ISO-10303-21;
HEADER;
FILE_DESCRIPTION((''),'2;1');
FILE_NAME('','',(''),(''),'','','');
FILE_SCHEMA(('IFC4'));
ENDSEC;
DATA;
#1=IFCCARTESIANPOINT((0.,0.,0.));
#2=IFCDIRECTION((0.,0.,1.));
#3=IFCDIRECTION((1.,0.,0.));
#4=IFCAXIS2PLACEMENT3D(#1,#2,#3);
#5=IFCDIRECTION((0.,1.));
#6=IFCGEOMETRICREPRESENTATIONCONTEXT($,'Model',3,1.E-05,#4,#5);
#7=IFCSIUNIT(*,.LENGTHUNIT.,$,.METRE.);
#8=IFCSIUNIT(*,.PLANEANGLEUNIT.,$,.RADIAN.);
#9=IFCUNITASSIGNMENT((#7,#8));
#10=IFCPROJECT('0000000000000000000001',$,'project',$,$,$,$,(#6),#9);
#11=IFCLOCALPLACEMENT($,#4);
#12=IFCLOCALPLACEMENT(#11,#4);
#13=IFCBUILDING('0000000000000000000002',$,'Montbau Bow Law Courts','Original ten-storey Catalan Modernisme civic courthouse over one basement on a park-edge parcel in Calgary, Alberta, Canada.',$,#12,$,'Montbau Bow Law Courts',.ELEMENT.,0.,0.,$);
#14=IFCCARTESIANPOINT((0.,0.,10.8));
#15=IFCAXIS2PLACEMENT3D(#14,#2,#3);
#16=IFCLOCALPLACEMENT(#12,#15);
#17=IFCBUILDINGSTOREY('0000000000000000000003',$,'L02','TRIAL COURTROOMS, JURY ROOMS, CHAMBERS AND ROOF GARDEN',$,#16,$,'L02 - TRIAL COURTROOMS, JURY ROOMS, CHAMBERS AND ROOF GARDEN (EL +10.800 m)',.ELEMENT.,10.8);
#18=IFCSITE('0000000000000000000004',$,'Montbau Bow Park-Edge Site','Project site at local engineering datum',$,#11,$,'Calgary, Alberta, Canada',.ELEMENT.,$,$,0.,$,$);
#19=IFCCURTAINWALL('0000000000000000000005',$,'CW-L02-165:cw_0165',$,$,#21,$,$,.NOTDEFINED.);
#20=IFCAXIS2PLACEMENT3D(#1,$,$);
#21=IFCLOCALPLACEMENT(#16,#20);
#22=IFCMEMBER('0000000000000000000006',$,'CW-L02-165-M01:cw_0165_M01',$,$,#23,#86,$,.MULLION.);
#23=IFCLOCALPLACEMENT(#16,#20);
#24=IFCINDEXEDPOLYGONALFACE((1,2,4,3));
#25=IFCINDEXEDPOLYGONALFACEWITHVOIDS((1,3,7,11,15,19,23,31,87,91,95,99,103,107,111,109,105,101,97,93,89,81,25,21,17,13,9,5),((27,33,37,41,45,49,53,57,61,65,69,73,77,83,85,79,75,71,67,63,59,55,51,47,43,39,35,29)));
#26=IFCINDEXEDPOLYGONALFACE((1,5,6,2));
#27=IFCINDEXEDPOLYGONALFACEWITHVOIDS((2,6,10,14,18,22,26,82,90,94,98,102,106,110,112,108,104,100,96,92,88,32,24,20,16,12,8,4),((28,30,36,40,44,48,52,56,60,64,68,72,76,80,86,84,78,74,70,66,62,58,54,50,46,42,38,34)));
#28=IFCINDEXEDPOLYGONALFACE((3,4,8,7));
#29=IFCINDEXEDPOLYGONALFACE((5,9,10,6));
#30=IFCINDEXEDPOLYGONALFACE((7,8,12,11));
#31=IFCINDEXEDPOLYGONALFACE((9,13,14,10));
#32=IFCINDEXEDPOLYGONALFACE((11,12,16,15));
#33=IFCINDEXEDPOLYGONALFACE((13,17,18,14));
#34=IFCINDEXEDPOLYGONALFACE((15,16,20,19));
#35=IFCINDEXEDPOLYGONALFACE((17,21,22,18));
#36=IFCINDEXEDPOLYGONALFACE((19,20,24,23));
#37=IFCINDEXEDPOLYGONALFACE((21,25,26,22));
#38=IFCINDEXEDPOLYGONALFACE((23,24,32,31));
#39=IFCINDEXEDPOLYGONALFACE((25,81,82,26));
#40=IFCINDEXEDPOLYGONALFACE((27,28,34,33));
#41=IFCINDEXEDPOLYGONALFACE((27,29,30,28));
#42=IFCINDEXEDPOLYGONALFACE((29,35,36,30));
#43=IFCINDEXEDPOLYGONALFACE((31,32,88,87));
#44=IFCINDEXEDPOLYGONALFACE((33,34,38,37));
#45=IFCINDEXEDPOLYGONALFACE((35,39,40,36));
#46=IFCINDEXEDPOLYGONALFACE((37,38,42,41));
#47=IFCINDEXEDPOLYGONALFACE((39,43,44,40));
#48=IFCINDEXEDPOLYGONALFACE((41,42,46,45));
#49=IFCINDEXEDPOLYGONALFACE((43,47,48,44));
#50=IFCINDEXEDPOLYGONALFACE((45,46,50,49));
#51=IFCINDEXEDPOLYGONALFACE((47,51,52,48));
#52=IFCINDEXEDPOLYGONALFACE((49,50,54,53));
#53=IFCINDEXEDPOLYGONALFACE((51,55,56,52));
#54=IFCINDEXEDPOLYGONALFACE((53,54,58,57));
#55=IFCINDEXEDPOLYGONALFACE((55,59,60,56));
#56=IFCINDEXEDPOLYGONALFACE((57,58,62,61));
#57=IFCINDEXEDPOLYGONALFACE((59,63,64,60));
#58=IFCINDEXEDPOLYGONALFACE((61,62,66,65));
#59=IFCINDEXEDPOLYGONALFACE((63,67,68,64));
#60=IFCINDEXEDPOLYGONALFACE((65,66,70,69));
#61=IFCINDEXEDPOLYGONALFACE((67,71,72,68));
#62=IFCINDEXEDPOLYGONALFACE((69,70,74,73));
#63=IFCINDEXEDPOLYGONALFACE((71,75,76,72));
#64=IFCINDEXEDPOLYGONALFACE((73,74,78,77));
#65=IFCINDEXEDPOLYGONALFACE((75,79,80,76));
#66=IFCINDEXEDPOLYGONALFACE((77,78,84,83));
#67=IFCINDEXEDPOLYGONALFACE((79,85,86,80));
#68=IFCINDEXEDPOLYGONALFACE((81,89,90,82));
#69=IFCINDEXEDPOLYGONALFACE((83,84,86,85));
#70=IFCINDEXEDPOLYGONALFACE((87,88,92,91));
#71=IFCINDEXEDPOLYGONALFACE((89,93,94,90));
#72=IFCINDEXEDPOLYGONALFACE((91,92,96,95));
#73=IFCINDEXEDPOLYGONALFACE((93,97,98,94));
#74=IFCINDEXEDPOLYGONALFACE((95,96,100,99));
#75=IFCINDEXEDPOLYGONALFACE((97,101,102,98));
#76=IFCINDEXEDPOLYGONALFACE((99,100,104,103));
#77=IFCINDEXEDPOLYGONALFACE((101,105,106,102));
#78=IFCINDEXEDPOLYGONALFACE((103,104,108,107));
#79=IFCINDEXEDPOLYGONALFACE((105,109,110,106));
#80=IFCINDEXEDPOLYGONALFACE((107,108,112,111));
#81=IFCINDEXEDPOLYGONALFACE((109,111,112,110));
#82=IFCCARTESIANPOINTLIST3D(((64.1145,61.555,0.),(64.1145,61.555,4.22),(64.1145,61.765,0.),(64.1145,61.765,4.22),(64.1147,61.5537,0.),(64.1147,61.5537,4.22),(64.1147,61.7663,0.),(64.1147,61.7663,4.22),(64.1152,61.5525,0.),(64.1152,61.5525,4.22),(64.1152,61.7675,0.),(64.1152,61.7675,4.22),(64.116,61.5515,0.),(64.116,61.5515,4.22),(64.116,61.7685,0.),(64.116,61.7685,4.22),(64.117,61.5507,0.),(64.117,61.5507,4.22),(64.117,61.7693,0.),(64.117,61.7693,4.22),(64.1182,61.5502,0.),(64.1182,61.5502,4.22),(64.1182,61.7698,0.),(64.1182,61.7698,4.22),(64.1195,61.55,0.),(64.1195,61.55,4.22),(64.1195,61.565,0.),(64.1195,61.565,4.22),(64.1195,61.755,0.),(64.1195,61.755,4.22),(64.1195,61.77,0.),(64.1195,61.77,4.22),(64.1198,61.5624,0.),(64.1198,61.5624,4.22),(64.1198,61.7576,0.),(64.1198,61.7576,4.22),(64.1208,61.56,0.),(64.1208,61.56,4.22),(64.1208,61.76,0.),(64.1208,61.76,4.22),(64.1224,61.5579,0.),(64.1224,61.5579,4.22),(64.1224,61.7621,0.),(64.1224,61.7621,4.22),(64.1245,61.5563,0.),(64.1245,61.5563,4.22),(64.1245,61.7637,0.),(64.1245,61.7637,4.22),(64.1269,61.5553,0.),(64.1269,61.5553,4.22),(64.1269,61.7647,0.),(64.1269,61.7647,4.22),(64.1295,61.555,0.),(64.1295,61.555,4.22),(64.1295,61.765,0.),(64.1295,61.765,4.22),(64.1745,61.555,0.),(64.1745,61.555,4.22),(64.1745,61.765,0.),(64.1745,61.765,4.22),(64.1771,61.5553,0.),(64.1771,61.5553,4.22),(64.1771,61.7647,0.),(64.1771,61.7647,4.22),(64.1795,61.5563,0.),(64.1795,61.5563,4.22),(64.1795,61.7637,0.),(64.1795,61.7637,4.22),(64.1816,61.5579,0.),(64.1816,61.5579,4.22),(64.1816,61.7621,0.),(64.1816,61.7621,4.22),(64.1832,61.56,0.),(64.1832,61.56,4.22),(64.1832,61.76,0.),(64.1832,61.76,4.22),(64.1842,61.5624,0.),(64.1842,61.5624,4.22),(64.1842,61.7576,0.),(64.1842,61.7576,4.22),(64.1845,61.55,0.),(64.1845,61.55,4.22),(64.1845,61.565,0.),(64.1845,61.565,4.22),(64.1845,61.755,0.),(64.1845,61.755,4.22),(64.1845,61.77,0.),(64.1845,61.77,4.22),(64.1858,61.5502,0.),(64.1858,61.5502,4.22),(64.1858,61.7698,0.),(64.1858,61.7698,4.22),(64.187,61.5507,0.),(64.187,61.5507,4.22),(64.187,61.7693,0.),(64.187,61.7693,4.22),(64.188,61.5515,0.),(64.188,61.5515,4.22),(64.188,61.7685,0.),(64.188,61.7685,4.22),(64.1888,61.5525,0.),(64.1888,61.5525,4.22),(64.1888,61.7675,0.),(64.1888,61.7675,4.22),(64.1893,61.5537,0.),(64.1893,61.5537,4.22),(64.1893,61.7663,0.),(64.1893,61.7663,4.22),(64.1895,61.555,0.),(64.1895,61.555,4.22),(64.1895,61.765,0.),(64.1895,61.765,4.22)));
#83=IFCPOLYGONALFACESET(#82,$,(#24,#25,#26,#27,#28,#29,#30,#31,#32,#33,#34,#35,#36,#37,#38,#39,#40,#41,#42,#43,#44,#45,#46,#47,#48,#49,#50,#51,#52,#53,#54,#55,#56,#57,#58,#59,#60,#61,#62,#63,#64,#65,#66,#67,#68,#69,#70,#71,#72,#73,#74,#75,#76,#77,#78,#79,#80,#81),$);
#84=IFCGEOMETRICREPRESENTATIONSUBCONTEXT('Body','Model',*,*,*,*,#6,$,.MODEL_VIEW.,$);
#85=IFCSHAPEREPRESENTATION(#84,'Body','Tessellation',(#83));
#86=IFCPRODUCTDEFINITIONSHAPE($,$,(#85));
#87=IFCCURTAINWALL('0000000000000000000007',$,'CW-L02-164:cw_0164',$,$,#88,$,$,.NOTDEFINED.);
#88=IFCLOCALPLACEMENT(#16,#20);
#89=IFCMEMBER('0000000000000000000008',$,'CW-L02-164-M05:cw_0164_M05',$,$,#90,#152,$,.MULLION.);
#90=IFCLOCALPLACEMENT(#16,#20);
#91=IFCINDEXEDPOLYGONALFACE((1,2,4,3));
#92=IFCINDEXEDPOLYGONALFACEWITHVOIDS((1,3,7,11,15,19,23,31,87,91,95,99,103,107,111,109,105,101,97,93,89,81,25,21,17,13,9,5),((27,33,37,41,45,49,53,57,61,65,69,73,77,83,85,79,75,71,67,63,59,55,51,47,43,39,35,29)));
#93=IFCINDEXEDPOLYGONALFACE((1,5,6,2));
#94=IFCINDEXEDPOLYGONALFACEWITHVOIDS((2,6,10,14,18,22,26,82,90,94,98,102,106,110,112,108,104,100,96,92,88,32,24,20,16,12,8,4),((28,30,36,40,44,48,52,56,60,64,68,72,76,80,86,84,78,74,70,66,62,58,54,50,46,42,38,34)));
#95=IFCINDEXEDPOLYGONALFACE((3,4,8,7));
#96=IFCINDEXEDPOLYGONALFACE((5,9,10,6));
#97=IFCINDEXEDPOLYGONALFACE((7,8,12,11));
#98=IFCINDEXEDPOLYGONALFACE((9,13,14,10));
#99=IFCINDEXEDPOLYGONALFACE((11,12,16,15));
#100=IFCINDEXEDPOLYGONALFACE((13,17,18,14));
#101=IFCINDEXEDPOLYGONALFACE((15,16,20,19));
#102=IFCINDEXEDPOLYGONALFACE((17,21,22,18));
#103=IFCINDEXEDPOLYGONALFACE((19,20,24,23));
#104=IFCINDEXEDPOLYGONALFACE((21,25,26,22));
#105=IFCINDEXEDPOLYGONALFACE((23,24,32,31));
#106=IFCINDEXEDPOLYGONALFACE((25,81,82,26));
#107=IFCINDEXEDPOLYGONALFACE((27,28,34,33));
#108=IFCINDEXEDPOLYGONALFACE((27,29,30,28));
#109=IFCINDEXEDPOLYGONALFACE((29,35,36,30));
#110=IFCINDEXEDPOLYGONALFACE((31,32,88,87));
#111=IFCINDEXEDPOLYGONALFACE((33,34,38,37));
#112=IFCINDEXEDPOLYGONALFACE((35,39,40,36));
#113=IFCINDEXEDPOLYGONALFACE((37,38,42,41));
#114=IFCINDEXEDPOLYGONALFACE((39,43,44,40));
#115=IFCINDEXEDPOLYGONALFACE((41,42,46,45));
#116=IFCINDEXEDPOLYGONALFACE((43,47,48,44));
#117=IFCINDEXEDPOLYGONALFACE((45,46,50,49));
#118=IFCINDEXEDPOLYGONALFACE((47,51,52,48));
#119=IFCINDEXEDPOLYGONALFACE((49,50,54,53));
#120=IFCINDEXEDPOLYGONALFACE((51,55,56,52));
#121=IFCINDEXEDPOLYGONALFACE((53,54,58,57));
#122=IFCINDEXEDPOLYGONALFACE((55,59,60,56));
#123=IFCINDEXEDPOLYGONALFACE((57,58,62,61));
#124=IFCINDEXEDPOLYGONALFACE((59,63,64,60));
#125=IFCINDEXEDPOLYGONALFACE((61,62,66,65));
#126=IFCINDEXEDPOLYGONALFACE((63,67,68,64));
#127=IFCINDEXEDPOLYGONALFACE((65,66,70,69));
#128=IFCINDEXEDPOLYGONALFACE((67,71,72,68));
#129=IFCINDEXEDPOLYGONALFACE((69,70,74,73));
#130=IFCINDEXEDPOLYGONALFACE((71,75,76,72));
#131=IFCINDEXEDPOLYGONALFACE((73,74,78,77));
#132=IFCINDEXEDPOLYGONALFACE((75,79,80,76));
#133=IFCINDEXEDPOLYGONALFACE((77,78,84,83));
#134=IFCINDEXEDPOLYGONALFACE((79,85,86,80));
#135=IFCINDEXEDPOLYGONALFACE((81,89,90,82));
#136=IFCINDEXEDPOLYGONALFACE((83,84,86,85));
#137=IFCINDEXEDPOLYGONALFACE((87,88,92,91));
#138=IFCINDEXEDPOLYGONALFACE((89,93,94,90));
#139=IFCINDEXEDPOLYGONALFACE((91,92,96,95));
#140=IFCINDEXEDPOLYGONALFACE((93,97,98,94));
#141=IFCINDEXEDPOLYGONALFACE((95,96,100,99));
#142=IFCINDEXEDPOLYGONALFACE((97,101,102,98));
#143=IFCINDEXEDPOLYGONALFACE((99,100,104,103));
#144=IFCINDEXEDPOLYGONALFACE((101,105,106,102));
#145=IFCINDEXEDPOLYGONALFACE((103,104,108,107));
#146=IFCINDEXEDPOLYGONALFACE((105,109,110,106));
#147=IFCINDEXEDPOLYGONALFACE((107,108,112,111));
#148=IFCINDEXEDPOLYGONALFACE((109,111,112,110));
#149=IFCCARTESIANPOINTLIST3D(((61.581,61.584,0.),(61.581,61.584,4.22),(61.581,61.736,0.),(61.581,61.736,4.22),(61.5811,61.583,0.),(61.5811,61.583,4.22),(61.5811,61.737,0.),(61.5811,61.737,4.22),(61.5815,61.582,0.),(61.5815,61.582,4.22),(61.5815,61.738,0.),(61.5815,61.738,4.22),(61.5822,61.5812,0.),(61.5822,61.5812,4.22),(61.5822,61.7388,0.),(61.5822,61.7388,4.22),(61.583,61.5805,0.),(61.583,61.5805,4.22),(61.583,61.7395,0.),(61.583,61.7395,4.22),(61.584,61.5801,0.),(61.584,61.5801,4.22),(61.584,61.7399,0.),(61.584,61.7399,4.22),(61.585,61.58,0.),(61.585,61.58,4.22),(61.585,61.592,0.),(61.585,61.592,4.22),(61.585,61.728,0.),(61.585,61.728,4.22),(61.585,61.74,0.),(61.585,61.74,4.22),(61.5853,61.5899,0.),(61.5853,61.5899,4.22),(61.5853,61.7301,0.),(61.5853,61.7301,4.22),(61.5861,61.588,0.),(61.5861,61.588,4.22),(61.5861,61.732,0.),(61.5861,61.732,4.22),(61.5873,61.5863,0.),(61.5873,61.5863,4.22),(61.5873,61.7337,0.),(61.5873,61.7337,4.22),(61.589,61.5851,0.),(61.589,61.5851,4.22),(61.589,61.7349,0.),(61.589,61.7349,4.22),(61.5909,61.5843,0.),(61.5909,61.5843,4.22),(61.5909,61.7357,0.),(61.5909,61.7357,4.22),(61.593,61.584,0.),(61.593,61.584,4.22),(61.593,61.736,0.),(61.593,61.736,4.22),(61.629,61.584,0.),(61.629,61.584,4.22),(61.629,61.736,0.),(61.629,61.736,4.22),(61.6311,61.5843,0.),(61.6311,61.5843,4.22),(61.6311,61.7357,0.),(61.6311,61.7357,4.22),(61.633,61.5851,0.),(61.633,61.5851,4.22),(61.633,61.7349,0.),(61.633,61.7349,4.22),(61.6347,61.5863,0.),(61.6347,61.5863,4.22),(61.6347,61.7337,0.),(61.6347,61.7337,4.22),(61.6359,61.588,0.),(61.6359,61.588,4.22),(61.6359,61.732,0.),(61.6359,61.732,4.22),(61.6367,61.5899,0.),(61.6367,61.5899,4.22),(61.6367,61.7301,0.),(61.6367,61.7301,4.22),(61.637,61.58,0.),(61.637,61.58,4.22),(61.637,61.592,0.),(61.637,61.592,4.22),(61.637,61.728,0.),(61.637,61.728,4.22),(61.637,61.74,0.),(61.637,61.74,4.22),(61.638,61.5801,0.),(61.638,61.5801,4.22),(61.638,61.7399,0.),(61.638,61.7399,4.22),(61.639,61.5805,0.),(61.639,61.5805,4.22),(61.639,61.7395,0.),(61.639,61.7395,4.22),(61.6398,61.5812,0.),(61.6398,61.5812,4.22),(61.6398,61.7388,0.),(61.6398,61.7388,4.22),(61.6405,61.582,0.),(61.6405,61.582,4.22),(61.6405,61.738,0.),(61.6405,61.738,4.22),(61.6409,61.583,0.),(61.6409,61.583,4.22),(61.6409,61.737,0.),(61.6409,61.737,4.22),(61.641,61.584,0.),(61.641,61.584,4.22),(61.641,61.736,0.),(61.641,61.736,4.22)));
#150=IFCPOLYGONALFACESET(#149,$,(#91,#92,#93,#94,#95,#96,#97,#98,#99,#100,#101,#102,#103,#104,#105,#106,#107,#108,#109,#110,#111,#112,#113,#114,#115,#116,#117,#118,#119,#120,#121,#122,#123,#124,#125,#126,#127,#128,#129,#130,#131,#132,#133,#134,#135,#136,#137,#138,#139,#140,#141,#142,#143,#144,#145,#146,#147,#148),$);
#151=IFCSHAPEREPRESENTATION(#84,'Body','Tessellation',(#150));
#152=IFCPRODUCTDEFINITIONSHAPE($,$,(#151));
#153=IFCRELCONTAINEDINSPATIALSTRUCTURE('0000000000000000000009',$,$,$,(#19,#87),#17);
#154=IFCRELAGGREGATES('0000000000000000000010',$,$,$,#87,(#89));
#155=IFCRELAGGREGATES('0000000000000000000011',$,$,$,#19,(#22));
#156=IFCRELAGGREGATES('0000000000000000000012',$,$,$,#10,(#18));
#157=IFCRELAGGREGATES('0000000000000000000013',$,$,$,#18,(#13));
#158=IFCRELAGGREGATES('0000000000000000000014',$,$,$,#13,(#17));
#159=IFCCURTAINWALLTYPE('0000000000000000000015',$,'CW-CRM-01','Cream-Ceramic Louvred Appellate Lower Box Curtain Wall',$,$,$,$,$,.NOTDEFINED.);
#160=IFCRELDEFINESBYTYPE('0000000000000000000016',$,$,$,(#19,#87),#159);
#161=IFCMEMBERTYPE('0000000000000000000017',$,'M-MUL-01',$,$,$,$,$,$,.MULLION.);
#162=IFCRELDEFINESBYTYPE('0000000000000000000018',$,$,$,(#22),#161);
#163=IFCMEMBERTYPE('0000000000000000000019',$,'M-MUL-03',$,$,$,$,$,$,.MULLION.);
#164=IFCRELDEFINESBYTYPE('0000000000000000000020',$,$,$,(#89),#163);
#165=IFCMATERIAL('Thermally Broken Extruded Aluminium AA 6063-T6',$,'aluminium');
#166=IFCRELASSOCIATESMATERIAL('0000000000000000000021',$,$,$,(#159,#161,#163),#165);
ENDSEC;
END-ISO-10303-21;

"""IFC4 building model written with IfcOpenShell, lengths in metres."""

from ifc_helpers import new_model, si_unit, direction, frame, origin_with_axes, origin_2d_with_axis, place, context, subcontext, project, spatial, hollow_rectangle, extrude, material, material_profile, profile_set, type_object, element, aggregate, save


model = new_model("IFC4")

# Units and contexts
model_context = context("Model", 3, precision=1e-05, world=origin_with_axes(), true_north=direction((0.0, 1.0)))
body_context = subcontext(model_context, "Body", "Model", "MODEL_VIEW")
ifc_project = project(units=[si_unit("LENGTHUNIT", "METRE"), si_unit("PLANEANGLEUNIT", "RADIAN")], contexts=[model_context])

# Site, building, storey
site_placement = place(None, origin_with_axes())
site = spatial("IfcSite", under=ifc_project, at=site_placement, Name="Montbau Bow Park-Edge Site", Description="Project site at local engineering datum", LongName="Calgary, Alberta, Canada", CompositionType="ELEMENT", RefElevation=0.0)
building_placement = place(site_placement, origin_with_axes())
building = spatial("IfcBuilding", under=site, at=building_placement, Name="Montbau Bow Law Courts", Description="Original ten-storey Catalan Modernisme civic courthouse over one basement on a park-edge parcel in Calgary, Alberta, Canada.", LongName="Montbau Bow Law Courts", CompositionType="ELEMENT", ElevationOfRefHeight=0.0, ElevationOfTerrain=0.0)
storey_placement = place(building_placement, frame((0.0, 0.0, 10.8), z_axis=(0.0, 0.0, 1.0), x_axis=(1.0, 0.0, 0.0)))
storey = spatial("IfcBuildingStorey", under=building, at=storey_placement, Name="L02", Description="TRIAL COURTROOMS, JURY ROOMS, CHAMBERS AND ROOF GARDEN", LongName="L02 - TRIAL COURTROOMS, JURY ROOMS, CHAMBERS AND ROOF GARDEN (EL +10.800 m)", CompositionType="ELEMENT", Elevation=10.8)

# Curtain wall, member
ifc_material_1 = material(Name="Thermally Broken Extruded Aluminium AA 6063-T6", Category="aluminium")
curtain_wall_type = type_object("IfcCurtainWallType", Name="CW-CRM-01", Description="Cream-Ceramic Louvred Appellate Lower Box Curtain Wall", PredefinedType="NOTDEFINED", material=ifc_material_1)
curtain_wall_1_placement = place(None, frame((64.115, 61.66, 10.8), z_axis=(0.0, 0.0, 1.0), x_axis=(1.0, 0.0, 0.0)))
curtain_wall_1 = element("IfcCurtainWall", 1, at=curtain_wall_1_placement, inside=storey, type_object=curtain_wall_type, Name="CW-L02-165:cw_0165", PredefinedType="NOTDEFINED")
ifc_material_profile_1 = material_profile(ifc_material_1, hollow_rectangle(XDim=0.075, YDim=0.22, WallThickness=0.005, InnerFilletRadius=0.01, OuterFilletRadius=0.005, at=origin_2d_with_axis()), Name="CWM-220X75", Category="Main", Priority=0)
ifc_profile_set_1 = profile_set([ifc_material_profile_1], Name="Thermally Broken Extruded Aluminium AA 6063-T6")
member_type_1 = type_object("IfcMemberType", Name="M-MUL-01", PredefinedType="MULLION", material=ifc_profile_set_1)
member_1_placement = place(None, frame((64.152, 61.66, 10.8), z_axis=(0.0, 0.0, 1.0), x_axis=(1.0, 0.0, 0.0)))
member_1 = element("IfcMember", 2, at=member_1_placement, type_object=member_type_1, Name="CW-L02-165-M01:cw_0165_M01", PredefinedType="MULLION", context=body_context, shape_type="SweptSolid", body=[
    extrude(hollow_rectangle(XDim=0.075, YDim=0.22, WallThickness=0.005, InnerFilletRadius=0.01, OuterFilletRadius=0.005, at=origin_2d_with_axis()), origin_with_axes(), (0.0, 0.0, 1.0), 4.22),
])

# Curtain wall, member
curtain_wall_2_placement = place(None, frame((55.715, 61.66, 10.8), z_axis=(0.0, 0.0, 1.0), x_axis=(1.0, 0.0, 0.0)))
curtain_wall_2 = element("IfcCurtainWall", 3, at=curtain_wall_2_placement, inside=storey, type_object=curtain_wall_type, Name="CW-L02-164:cw_0164", PredefinedType="NOTDEFINED")
ifc_material_profile_2 = material_profile(ifc_material_1, hollow_rectangle(XDim=0.06, YDim=0.16, WallThickness=0.004, InnerFilletRadius=0.008, OuterFilletRadius=0.004, at=origin_2d_with_axis()), Name="CWM-160X60", Category="Main", Priority=0)
ifc_profile_set_2 = profile_set([ifc_material_profile_2], Name="Thermally Broken Extruded Aluminium AA 6063-T6")
member_type_2 = type_object("IfcMemberType", Name="M-MUL-03", PredefinedType="MULLION", material=ifc_profile_set_2)
member_2_placement = place(None, frame((61.611, 61.66, 10.8), z_axis=(0.0, 0.0, 1.0), x_axis=(1.0, 0.0, 0.0)))
member_2 = element("IfcMember", 4, at=member_2_placement, type_object=member_type_2, Name="CW-L02-164-M05:cw_0164_M05", PredefinedType="MULLION", context=body_context, shape_type="SweptSolid", body=[
    extrude(hollow_rectangle(XDim=0.06, YDim=0.16, WallThickness=0.004, InnerFilletRadius=0.008, OuterFilletRadius=0.004, at=origin_2d_with_axis()), origin_with_axes(), (0.0, 0.0, 1.0), 4.22),
])
aggregate(curtain_wall_2, [member_2])

aggregate(curtain_wall_1, [member_1])

save(model, "model.ifc")
